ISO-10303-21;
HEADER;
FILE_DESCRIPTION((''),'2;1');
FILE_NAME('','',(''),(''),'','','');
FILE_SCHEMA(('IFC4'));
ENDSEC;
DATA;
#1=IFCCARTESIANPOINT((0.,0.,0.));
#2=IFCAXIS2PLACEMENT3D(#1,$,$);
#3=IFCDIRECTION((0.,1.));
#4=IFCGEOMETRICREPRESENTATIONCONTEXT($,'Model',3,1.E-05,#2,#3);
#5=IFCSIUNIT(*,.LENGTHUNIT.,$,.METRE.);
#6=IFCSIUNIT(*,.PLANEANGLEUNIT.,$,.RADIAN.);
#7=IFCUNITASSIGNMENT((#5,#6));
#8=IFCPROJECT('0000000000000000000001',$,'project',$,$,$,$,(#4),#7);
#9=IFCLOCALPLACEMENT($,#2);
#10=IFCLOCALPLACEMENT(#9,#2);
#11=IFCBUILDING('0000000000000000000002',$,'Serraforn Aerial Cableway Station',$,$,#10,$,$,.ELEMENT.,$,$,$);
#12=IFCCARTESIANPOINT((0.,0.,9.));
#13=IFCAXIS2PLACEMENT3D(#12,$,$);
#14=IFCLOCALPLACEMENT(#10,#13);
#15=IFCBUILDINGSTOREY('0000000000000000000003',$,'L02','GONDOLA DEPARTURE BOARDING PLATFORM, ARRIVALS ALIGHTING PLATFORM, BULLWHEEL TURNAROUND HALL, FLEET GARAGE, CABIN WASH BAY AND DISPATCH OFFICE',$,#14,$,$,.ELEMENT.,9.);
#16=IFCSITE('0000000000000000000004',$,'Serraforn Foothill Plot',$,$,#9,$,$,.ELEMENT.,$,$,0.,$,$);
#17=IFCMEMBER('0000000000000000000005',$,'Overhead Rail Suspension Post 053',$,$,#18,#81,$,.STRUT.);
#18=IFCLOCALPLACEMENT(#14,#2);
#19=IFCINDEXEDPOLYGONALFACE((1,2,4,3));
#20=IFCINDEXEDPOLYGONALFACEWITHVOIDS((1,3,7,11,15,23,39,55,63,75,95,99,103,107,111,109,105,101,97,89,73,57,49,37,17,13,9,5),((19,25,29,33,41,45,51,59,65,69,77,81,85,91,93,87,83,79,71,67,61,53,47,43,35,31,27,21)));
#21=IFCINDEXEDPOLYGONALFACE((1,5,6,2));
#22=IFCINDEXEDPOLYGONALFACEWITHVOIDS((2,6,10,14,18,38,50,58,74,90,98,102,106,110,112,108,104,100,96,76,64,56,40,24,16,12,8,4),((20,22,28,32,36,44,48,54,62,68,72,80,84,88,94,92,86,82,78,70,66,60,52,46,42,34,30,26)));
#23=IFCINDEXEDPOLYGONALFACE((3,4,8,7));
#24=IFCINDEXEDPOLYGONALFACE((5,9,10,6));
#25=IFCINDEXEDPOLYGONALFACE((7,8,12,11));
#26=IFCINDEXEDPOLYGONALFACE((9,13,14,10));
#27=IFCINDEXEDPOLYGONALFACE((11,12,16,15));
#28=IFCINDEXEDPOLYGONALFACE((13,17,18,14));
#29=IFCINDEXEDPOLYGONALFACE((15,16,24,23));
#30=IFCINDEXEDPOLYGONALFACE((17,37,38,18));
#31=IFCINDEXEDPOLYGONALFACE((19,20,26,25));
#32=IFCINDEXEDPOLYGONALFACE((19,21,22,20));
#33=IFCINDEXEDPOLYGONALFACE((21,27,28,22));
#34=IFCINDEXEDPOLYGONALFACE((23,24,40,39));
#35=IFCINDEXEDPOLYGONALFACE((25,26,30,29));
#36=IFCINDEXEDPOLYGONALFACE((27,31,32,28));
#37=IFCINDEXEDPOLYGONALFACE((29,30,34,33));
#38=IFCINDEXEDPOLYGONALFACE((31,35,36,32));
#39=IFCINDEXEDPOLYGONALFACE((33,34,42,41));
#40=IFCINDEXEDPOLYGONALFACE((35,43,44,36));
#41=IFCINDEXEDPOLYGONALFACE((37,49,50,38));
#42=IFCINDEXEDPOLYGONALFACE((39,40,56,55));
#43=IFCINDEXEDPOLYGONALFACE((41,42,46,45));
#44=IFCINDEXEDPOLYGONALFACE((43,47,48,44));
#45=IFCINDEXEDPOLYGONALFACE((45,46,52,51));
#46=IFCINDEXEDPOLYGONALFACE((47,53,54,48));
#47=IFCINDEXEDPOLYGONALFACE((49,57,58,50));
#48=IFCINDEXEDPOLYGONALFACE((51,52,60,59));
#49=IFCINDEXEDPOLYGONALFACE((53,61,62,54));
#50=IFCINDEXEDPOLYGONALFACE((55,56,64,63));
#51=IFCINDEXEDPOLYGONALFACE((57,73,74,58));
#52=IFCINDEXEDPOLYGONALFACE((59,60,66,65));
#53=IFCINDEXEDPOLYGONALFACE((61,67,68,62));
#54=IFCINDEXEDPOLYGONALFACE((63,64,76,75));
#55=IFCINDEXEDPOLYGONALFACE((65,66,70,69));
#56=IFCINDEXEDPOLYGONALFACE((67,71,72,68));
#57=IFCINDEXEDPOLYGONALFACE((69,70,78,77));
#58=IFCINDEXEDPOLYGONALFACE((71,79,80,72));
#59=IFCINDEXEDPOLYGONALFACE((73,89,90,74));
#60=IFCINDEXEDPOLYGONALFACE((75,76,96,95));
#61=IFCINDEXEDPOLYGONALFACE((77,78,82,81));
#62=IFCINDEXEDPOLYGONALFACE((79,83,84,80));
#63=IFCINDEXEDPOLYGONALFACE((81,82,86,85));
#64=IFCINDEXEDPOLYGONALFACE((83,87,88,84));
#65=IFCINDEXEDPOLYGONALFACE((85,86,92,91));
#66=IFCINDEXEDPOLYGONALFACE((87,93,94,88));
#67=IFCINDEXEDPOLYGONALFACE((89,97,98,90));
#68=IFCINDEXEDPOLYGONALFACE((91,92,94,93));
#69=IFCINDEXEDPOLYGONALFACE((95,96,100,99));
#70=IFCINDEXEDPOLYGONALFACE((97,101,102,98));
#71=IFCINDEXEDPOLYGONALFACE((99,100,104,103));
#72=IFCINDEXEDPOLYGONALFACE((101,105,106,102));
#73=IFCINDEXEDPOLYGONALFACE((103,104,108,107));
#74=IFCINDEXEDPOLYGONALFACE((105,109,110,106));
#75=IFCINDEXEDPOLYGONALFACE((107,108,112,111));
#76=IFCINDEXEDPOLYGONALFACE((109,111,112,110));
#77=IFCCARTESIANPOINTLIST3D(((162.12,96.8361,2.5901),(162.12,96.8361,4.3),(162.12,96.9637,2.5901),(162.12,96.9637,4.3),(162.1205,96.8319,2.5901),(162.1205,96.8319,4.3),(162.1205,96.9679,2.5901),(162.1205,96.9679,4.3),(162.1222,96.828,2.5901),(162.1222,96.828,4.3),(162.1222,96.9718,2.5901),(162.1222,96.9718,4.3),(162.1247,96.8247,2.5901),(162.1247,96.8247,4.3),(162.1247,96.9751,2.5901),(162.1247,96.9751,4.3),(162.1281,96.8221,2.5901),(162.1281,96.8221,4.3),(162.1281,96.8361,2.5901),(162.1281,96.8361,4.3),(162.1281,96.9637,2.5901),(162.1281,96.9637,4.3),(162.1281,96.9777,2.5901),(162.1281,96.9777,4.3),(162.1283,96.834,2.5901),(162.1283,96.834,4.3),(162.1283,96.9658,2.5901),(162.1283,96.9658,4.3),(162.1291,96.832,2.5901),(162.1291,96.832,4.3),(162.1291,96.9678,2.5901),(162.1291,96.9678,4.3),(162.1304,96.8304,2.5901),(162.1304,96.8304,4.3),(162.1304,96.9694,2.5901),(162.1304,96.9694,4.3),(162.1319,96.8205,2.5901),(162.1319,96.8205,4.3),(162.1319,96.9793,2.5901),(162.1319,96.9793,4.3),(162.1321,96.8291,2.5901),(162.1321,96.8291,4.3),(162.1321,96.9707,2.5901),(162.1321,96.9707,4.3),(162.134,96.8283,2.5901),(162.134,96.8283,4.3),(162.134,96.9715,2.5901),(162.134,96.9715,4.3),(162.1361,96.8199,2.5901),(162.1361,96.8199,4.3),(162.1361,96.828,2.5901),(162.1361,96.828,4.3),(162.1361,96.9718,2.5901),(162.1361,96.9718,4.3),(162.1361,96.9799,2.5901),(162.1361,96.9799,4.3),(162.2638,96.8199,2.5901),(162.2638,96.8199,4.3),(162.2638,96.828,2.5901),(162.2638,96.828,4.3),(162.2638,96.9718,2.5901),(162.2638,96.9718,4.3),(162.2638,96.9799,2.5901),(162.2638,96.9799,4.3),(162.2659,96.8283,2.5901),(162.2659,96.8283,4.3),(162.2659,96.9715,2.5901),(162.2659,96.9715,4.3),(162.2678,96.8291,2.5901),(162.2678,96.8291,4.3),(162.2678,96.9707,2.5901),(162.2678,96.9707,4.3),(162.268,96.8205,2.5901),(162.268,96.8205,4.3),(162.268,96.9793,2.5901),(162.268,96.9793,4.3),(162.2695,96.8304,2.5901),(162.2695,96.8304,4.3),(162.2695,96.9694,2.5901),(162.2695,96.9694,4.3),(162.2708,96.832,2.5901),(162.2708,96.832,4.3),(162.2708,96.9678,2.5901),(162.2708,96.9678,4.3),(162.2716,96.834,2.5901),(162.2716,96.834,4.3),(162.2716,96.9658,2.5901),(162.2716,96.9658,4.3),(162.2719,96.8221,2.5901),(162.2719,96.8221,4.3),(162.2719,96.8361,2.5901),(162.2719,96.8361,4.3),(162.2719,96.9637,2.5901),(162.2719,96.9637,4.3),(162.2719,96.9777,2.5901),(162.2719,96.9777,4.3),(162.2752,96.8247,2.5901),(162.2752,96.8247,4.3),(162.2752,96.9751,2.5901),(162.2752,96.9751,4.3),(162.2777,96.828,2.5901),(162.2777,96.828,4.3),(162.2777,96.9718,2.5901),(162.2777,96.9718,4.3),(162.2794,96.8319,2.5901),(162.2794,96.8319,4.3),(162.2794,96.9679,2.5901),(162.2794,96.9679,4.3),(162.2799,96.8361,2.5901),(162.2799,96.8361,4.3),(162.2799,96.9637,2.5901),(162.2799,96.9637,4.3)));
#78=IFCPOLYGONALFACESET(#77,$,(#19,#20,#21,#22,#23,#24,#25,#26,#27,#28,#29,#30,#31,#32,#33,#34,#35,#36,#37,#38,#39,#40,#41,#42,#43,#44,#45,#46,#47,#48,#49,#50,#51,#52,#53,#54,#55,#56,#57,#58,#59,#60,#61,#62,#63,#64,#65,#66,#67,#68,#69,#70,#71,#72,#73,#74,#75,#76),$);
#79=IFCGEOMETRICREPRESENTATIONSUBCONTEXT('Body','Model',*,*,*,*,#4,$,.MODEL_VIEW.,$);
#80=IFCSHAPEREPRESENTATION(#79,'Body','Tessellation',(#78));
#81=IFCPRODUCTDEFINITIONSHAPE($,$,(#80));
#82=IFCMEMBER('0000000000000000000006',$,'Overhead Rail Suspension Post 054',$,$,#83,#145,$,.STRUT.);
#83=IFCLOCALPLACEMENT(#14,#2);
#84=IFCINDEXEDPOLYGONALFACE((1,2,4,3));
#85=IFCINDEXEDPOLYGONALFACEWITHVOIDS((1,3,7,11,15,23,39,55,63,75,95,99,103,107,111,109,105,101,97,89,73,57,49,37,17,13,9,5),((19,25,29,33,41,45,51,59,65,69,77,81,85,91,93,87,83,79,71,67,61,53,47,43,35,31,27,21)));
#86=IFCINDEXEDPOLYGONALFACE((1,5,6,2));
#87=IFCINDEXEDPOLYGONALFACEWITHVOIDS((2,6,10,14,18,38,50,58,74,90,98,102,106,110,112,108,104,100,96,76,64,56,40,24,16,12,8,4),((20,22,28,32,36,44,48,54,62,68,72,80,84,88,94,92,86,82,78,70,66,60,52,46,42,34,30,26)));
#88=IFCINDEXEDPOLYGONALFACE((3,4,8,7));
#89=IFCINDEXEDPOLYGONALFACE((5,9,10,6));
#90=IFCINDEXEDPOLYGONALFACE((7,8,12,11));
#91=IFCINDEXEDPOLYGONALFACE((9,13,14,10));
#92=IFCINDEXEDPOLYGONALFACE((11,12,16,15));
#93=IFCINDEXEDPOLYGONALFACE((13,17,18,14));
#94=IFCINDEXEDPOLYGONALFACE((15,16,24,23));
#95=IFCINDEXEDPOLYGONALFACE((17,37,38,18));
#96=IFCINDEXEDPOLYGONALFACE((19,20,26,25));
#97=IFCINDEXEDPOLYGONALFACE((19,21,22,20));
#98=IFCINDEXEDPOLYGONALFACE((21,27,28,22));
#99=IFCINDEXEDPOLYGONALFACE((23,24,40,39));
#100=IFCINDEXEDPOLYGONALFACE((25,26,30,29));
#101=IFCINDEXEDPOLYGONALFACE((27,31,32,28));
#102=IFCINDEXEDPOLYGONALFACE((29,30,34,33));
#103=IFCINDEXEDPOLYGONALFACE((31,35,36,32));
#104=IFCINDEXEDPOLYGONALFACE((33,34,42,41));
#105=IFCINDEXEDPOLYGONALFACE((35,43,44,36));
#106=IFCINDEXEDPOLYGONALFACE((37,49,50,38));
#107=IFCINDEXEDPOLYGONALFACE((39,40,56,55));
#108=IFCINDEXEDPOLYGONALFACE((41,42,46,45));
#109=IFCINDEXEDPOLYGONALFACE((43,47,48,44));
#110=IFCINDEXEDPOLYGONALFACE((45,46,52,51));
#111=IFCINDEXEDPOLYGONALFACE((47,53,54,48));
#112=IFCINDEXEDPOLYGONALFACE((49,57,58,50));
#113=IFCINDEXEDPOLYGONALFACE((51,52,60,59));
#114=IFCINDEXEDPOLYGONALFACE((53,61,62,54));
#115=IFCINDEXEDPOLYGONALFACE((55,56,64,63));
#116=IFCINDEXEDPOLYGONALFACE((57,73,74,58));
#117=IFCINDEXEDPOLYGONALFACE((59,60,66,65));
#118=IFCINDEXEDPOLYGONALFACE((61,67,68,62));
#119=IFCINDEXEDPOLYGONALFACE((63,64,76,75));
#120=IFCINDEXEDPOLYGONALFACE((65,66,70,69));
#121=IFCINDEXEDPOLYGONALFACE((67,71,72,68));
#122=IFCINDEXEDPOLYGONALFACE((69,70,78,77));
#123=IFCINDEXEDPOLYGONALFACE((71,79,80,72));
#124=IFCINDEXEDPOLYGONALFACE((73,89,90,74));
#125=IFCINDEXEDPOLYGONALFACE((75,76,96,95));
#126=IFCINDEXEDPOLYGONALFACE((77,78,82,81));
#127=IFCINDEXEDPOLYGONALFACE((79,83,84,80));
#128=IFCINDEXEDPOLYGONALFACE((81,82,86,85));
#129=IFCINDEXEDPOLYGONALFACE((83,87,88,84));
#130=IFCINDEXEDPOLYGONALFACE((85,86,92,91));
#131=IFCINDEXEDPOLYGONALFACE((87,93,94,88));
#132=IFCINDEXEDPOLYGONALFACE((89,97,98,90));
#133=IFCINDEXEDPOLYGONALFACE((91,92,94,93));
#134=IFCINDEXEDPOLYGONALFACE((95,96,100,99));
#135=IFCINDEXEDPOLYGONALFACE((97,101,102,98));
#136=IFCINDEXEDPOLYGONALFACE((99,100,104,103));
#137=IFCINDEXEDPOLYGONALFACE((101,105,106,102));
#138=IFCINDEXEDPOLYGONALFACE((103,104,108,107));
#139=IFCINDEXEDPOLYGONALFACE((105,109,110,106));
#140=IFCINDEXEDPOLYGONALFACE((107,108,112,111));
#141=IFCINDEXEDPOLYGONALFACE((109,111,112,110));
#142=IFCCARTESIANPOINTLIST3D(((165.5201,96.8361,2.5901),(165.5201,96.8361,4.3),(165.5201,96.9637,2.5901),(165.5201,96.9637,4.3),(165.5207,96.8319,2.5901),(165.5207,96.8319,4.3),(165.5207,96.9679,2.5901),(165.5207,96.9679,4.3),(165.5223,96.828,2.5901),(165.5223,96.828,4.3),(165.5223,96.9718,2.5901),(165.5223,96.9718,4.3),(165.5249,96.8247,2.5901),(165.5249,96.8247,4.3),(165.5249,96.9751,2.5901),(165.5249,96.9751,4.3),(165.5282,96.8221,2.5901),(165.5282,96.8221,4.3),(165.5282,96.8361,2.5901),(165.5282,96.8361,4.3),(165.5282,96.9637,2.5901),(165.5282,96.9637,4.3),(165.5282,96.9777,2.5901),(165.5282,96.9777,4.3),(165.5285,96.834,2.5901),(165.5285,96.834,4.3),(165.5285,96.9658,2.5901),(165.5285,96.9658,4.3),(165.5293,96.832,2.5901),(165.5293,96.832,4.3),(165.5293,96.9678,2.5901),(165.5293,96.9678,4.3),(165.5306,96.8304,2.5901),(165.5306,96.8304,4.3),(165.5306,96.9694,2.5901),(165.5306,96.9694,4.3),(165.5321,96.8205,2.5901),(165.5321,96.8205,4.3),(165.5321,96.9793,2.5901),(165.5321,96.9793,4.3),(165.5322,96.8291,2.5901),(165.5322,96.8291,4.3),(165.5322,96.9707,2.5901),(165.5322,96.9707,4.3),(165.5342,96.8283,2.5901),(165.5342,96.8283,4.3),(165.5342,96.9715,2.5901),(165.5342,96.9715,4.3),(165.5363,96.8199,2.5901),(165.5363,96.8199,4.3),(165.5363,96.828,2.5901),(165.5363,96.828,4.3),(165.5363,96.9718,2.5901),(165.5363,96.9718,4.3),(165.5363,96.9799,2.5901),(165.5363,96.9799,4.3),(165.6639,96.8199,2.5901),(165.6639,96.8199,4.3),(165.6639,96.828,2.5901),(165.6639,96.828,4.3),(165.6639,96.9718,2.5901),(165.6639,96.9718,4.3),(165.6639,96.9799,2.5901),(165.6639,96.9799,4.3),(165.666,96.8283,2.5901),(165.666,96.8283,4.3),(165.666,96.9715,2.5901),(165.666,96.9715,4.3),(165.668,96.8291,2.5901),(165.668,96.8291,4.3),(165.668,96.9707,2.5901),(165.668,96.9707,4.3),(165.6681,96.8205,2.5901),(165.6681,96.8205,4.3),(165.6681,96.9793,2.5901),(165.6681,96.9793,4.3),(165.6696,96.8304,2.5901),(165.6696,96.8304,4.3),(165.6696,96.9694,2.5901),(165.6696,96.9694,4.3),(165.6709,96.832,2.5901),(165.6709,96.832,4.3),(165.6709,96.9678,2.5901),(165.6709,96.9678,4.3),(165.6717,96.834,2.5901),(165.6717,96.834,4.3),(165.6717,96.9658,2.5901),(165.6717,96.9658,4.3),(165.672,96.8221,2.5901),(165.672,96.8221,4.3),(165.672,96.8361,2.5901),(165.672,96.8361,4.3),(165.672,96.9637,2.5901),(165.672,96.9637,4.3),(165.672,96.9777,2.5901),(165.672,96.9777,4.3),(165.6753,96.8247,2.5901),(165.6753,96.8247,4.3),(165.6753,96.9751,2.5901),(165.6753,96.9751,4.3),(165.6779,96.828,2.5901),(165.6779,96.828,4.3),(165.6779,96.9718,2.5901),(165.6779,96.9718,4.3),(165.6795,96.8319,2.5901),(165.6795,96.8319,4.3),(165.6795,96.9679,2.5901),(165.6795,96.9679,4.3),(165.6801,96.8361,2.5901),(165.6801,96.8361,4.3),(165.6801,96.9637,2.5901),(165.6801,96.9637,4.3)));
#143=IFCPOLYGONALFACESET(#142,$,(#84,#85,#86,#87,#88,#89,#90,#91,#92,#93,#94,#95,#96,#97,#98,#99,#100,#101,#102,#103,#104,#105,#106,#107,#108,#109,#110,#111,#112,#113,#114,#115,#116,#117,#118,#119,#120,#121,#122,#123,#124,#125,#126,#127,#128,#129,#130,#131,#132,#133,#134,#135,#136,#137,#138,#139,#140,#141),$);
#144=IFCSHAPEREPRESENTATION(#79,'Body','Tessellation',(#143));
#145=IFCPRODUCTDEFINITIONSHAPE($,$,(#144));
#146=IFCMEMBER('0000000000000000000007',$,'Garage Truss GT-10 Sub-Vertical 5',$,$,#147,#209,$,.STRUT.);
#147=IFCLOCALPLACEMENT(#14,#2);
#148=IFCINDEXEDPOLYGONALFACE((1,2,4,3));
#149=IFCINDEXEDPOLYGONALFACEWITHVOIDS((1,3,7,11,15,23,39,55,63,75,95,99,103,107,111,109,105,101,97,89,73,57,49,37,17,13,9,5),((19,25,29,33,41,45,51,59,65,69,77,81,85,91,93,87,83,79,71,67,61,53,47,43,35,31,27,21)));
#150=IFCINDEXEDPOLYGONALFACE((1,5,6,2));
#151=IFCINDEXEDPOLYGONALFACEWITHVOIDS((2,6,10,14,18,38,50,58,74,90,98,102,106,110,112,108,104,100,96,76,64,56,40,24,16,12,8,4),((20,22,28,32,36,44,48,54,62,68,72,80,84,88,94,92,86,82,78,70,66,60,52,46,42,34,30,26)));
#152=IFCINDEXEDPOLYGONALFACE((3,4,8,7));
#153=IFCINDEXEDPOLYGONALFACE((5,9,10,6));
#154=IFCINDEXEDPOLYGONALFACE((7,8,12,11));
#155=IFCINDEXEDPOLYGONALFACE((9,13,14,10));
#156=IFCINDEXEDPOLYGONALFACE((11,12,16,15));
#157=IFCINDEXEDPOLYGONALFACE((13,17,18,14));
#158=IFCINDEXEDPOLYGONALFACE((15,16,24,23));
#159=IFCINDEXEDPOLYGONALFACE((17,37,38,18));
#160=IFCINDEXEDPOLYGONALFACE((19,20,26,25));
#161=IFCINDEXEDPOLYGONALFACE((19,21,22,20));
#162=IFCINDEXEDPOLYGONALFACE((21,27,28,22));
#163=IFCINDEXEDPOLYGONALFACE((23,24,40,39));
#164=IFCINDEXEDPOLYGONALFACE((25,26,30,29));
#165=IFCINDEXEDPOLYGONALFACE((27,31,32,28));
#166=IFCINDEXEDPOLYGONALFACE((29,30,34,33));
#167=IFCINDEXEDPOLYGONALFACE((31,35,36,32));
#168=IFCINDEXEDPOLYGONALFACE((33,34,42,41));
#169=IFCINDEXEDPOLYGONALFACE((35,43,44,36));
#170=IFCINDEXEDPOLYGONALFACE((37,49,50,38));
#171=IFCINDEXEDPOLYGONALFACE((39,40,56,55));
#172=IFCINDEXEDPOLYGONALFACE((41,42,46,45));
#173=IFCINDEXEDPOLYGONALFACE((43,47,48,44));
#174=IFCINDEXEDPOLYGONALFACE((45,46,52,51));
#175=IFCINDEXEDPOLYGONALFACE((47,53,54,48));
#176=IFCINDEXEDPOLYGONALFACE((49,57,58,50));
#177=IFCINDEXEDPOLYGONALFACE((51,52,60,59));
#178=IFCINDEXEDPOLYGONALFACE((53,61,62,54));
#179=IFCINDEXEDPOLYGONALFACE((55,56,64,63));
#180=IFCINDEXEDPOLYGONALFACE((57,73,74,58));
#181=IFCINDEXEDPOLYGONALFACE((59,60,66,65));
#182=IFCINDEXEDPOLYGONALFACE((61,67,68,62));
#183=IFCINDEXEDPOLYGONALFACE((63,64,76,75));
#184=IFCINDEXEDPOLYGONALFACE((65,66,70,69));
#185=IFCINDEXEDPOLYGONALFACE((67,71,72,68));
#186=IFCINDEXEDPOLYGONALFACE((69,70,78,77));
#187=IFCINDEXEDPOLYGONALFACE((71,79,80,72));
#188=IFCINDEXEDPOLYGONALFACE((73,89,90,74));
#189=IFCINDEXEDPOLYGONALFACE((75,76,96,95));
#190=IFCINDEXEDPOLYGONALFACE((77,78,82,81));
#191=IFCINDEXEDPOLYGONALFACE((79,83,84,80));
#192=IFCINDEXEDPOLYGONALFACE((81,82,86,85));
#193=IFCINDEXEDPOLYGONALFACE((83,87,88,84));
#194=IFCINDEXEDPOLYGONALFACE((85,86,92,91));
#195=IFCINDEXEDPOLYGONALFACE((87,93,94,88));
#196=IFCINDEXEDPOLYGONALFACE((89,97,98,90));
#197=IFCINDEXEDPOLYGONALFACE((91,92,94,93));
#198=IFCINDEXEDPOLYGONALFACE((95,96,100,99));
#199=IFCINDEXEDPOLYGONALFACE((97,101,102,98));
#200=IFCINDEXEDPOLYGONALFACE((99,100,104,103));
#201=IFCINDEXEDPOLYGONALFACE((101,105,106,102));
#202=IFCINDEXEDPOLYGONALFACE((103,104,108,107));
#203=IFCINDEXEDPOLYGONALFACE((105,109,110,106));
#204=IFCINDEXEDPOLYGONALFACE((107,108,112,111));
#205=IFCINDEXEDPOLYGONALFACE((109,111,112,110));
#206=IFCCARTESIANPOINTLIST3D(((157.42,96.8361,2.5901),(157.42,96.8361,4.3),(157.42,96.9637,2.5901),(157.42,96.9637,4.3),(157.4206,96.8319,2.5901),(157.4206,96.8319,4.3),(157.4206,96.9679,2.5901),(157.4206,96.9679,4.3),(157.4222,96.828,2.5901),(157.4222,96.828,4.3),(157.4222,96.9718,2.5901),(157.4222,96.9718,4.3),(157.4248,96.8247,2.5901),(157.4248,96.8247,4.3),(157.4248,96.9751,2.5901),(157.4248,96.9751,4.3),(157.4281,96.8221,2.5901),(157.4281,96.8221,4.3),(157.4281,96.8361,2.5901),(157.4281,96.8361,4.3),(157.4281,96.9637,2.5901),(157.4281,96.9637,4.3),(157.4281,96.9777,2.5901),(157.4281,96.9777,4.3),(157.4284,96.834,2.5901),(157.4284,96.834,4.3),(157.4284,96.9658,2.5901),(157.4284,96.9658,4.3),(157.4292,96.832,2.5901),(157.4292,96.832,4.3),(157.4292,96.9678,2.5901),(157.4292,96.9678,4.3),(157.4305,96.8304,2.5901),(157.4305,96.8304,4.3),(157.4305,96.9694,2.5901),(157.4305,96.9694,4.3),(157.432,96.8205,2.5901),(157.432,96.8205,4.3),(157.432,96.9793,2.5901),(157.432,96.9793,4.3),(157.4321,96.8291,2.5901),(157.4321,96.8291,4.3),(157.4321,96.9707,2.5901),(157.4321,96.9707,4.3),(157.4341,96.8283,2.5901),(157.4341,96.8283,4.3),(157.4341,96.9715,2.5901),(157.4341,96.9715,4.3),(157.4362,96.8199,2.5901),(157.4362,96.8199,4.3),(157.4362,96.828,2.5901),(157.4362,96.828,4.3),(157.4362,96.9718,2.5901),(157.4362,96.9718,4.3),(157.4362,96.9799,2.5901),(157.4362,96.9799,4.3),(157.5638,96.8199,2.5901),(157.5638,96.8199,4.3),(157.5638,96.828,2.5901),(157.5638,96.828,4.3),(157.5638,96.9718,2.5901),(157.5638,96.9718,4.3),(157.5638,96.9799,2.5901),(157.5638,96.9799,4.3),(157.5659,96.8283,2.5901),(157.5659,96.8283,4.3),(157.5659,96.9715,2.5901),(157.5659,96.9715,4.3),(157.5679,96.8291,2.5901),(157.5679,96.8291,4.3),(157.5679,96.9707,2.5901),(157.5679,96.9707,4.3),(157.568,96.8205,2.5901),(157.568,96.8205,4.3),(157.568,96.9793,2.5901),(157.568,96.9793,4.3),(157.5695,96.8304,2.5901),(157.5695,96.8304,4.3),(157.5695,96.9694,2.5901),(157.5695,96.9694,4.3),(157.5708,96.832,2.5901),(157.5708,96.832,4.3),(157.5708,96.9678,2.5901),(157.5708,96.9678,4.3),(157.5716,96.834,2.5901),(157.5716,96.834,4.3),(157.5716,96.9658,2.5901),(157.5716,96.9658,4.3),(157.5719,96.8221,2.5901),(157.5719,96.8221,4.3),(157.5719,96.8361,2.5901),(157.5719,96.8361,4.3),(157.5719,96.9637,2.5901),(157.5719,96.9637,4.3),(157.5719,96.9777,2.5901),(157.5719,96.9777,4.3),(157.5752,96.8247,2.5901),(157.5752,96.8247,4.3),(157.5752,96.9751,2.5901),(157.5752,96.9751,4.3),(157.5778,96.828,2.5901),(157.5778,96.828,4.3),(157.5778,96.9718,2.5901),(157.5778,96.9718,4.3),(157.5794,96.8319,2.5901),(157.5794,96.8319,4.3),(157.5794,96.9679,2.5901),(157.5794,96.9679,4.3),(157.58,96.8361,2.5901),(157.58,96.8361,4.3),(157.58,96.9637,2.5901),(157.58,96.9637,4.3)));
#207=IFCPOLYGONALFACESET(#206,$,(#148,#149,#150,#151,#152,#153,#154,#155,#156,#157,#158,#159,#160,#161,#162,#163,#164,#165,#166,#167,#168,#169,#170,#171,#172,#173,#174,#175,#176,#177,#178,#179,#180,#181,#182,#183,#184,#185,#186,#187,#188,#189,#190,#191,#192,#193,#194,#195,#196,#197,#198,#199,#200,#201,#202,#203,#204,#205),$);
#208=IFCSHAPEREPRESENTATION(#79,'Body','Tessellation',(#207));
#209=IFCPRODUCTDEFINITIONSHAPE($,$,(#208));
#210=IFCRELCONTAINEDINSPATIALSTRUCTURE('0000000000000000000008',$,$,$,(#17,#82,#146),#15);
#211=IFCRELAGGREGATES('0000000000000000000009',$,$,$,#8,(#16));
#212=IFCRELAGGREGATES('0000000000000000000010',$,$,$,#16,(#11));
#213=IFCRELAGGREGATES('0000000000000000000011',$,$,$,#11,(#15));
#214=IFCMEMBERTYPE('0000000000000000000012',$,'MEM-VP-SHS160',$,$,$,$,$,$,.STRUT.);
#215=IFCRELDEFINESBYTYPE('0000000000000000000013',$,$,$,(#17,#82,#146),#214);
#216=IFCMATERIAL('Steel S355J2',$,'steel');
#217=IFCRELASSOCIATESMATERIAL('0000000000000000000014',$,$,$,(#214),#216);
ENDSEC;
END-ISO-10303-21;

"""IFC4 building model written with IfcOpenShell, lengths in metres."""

from ifc_helpers import new_model, si_unit, direction, frame, origin, origin_2d, place, context, subcontext, project, spatial, hollow_rectangle, extrude, material, material_profile, profile_set, type_object, element, save


model = new_model("IFC4")

# Units and contexts
model_context = context("Model", 3, precision=1e-05, world=origin(), true_north=direction((0.0, 1.0)))
body_context = subcontext(model_context, "Body", "Model", "MODEL_VIEW")
ifc_project = project(units=[si_unit("LENGTHUNIT", "METRE"), si_unit("PLANEANGLEUNIT", "RADIAN")], contexts=[model_context])

# Site, building, storey
site_placement = place(None, origin())
site = spatial("IfcSite", under=ifc_project, at=site_placement, Name="Serraforn Foothill Plot", CompositionType="ELEMENT", RefElevation=0.0)
building_placement = place(site_placement, origin())
building = spatial("IfcBuilding", under=site, at=building_placement, Name="Serraforn Aerial Cableway Station", CompositionType="ELEMENT")
storey_placement = place(building_placement, frame((0.0, 0.0, 9.0)))
storey = spatial("IfcBuildingStorey", under=building, at=storey_placement, Name="L02", Description="GONDOLA DEPARTURE BOARDING PLATFORM, ARRIVALS ALIGHTING PLATFORM, BULLWHEEL TURNAROUND HALL, FLEET GARAGE, CABIN WASH BAY AND DISPATCH OFFICE", CompositionType="ELEMENT", Elevation=9.0)

# Members
ifc_material_1 = material(Name="Steel S355J2", Category="steel")
ifc_material_profile_1 = material_profile(ifc_material_1, hollow_rectangle(XDim=0.1599, YDim=0.1599, WallThickness=0.0081, InnerFilletRadius=0.0081, OuterFilletRadius=0.0161, at=origin_2d()), Name="SHS 160x160x8.0")
ifc_profile_set_1 = profile_set([ifc_material_profile_1], Name="Steel S355J2")
member_type_1 = type_object("IfcMemberType", Name="MEM-VP-SHS160", PredefinedType="STRUT", material=ifc_profile_set_1)
for number, where, z_axis, x_axis, name in (
    (1, (162.2, 96.8999, 2.5901), (0.0, 0.0, 1.0), (1.0, 0.0, 0.0), "Overhead Rail Suspension Post 053"),
    (2, (165.6001, 96.8999, 2.5901), (0.0, 0.0, 1.0), (1.0, 0.0, 0.0), "Overhead Rail Suspension Post 054"),
    (3, (157.5, 96.8999, 2.5901), (0.0, 0.0, 1.0), (1.0, 0.0, 0.0), "Garage Truss GT-10 Sub-Vertical 5"),
):
    element("IfcMember", number, at=place(storey_placement, frame(where, z_axis=z_axis, x_axis=x_axis)), inside=storey, type_object=member_type_1, Name=name, PredefinedType="STRUT", context=body_context, shape_type="SweptSolid", body=[
        extrude(hollow_rectangle(XDim=0.1599, YDim=0.1599, WallThickness=0.0081, InnerFilletRadius=0.0081, OuterFilletRadius=0.0161, at=origin_2d()), origin(), (0.0, 0.0, 1.0), 1.71),
    ])

save(model, "model.ifc")
